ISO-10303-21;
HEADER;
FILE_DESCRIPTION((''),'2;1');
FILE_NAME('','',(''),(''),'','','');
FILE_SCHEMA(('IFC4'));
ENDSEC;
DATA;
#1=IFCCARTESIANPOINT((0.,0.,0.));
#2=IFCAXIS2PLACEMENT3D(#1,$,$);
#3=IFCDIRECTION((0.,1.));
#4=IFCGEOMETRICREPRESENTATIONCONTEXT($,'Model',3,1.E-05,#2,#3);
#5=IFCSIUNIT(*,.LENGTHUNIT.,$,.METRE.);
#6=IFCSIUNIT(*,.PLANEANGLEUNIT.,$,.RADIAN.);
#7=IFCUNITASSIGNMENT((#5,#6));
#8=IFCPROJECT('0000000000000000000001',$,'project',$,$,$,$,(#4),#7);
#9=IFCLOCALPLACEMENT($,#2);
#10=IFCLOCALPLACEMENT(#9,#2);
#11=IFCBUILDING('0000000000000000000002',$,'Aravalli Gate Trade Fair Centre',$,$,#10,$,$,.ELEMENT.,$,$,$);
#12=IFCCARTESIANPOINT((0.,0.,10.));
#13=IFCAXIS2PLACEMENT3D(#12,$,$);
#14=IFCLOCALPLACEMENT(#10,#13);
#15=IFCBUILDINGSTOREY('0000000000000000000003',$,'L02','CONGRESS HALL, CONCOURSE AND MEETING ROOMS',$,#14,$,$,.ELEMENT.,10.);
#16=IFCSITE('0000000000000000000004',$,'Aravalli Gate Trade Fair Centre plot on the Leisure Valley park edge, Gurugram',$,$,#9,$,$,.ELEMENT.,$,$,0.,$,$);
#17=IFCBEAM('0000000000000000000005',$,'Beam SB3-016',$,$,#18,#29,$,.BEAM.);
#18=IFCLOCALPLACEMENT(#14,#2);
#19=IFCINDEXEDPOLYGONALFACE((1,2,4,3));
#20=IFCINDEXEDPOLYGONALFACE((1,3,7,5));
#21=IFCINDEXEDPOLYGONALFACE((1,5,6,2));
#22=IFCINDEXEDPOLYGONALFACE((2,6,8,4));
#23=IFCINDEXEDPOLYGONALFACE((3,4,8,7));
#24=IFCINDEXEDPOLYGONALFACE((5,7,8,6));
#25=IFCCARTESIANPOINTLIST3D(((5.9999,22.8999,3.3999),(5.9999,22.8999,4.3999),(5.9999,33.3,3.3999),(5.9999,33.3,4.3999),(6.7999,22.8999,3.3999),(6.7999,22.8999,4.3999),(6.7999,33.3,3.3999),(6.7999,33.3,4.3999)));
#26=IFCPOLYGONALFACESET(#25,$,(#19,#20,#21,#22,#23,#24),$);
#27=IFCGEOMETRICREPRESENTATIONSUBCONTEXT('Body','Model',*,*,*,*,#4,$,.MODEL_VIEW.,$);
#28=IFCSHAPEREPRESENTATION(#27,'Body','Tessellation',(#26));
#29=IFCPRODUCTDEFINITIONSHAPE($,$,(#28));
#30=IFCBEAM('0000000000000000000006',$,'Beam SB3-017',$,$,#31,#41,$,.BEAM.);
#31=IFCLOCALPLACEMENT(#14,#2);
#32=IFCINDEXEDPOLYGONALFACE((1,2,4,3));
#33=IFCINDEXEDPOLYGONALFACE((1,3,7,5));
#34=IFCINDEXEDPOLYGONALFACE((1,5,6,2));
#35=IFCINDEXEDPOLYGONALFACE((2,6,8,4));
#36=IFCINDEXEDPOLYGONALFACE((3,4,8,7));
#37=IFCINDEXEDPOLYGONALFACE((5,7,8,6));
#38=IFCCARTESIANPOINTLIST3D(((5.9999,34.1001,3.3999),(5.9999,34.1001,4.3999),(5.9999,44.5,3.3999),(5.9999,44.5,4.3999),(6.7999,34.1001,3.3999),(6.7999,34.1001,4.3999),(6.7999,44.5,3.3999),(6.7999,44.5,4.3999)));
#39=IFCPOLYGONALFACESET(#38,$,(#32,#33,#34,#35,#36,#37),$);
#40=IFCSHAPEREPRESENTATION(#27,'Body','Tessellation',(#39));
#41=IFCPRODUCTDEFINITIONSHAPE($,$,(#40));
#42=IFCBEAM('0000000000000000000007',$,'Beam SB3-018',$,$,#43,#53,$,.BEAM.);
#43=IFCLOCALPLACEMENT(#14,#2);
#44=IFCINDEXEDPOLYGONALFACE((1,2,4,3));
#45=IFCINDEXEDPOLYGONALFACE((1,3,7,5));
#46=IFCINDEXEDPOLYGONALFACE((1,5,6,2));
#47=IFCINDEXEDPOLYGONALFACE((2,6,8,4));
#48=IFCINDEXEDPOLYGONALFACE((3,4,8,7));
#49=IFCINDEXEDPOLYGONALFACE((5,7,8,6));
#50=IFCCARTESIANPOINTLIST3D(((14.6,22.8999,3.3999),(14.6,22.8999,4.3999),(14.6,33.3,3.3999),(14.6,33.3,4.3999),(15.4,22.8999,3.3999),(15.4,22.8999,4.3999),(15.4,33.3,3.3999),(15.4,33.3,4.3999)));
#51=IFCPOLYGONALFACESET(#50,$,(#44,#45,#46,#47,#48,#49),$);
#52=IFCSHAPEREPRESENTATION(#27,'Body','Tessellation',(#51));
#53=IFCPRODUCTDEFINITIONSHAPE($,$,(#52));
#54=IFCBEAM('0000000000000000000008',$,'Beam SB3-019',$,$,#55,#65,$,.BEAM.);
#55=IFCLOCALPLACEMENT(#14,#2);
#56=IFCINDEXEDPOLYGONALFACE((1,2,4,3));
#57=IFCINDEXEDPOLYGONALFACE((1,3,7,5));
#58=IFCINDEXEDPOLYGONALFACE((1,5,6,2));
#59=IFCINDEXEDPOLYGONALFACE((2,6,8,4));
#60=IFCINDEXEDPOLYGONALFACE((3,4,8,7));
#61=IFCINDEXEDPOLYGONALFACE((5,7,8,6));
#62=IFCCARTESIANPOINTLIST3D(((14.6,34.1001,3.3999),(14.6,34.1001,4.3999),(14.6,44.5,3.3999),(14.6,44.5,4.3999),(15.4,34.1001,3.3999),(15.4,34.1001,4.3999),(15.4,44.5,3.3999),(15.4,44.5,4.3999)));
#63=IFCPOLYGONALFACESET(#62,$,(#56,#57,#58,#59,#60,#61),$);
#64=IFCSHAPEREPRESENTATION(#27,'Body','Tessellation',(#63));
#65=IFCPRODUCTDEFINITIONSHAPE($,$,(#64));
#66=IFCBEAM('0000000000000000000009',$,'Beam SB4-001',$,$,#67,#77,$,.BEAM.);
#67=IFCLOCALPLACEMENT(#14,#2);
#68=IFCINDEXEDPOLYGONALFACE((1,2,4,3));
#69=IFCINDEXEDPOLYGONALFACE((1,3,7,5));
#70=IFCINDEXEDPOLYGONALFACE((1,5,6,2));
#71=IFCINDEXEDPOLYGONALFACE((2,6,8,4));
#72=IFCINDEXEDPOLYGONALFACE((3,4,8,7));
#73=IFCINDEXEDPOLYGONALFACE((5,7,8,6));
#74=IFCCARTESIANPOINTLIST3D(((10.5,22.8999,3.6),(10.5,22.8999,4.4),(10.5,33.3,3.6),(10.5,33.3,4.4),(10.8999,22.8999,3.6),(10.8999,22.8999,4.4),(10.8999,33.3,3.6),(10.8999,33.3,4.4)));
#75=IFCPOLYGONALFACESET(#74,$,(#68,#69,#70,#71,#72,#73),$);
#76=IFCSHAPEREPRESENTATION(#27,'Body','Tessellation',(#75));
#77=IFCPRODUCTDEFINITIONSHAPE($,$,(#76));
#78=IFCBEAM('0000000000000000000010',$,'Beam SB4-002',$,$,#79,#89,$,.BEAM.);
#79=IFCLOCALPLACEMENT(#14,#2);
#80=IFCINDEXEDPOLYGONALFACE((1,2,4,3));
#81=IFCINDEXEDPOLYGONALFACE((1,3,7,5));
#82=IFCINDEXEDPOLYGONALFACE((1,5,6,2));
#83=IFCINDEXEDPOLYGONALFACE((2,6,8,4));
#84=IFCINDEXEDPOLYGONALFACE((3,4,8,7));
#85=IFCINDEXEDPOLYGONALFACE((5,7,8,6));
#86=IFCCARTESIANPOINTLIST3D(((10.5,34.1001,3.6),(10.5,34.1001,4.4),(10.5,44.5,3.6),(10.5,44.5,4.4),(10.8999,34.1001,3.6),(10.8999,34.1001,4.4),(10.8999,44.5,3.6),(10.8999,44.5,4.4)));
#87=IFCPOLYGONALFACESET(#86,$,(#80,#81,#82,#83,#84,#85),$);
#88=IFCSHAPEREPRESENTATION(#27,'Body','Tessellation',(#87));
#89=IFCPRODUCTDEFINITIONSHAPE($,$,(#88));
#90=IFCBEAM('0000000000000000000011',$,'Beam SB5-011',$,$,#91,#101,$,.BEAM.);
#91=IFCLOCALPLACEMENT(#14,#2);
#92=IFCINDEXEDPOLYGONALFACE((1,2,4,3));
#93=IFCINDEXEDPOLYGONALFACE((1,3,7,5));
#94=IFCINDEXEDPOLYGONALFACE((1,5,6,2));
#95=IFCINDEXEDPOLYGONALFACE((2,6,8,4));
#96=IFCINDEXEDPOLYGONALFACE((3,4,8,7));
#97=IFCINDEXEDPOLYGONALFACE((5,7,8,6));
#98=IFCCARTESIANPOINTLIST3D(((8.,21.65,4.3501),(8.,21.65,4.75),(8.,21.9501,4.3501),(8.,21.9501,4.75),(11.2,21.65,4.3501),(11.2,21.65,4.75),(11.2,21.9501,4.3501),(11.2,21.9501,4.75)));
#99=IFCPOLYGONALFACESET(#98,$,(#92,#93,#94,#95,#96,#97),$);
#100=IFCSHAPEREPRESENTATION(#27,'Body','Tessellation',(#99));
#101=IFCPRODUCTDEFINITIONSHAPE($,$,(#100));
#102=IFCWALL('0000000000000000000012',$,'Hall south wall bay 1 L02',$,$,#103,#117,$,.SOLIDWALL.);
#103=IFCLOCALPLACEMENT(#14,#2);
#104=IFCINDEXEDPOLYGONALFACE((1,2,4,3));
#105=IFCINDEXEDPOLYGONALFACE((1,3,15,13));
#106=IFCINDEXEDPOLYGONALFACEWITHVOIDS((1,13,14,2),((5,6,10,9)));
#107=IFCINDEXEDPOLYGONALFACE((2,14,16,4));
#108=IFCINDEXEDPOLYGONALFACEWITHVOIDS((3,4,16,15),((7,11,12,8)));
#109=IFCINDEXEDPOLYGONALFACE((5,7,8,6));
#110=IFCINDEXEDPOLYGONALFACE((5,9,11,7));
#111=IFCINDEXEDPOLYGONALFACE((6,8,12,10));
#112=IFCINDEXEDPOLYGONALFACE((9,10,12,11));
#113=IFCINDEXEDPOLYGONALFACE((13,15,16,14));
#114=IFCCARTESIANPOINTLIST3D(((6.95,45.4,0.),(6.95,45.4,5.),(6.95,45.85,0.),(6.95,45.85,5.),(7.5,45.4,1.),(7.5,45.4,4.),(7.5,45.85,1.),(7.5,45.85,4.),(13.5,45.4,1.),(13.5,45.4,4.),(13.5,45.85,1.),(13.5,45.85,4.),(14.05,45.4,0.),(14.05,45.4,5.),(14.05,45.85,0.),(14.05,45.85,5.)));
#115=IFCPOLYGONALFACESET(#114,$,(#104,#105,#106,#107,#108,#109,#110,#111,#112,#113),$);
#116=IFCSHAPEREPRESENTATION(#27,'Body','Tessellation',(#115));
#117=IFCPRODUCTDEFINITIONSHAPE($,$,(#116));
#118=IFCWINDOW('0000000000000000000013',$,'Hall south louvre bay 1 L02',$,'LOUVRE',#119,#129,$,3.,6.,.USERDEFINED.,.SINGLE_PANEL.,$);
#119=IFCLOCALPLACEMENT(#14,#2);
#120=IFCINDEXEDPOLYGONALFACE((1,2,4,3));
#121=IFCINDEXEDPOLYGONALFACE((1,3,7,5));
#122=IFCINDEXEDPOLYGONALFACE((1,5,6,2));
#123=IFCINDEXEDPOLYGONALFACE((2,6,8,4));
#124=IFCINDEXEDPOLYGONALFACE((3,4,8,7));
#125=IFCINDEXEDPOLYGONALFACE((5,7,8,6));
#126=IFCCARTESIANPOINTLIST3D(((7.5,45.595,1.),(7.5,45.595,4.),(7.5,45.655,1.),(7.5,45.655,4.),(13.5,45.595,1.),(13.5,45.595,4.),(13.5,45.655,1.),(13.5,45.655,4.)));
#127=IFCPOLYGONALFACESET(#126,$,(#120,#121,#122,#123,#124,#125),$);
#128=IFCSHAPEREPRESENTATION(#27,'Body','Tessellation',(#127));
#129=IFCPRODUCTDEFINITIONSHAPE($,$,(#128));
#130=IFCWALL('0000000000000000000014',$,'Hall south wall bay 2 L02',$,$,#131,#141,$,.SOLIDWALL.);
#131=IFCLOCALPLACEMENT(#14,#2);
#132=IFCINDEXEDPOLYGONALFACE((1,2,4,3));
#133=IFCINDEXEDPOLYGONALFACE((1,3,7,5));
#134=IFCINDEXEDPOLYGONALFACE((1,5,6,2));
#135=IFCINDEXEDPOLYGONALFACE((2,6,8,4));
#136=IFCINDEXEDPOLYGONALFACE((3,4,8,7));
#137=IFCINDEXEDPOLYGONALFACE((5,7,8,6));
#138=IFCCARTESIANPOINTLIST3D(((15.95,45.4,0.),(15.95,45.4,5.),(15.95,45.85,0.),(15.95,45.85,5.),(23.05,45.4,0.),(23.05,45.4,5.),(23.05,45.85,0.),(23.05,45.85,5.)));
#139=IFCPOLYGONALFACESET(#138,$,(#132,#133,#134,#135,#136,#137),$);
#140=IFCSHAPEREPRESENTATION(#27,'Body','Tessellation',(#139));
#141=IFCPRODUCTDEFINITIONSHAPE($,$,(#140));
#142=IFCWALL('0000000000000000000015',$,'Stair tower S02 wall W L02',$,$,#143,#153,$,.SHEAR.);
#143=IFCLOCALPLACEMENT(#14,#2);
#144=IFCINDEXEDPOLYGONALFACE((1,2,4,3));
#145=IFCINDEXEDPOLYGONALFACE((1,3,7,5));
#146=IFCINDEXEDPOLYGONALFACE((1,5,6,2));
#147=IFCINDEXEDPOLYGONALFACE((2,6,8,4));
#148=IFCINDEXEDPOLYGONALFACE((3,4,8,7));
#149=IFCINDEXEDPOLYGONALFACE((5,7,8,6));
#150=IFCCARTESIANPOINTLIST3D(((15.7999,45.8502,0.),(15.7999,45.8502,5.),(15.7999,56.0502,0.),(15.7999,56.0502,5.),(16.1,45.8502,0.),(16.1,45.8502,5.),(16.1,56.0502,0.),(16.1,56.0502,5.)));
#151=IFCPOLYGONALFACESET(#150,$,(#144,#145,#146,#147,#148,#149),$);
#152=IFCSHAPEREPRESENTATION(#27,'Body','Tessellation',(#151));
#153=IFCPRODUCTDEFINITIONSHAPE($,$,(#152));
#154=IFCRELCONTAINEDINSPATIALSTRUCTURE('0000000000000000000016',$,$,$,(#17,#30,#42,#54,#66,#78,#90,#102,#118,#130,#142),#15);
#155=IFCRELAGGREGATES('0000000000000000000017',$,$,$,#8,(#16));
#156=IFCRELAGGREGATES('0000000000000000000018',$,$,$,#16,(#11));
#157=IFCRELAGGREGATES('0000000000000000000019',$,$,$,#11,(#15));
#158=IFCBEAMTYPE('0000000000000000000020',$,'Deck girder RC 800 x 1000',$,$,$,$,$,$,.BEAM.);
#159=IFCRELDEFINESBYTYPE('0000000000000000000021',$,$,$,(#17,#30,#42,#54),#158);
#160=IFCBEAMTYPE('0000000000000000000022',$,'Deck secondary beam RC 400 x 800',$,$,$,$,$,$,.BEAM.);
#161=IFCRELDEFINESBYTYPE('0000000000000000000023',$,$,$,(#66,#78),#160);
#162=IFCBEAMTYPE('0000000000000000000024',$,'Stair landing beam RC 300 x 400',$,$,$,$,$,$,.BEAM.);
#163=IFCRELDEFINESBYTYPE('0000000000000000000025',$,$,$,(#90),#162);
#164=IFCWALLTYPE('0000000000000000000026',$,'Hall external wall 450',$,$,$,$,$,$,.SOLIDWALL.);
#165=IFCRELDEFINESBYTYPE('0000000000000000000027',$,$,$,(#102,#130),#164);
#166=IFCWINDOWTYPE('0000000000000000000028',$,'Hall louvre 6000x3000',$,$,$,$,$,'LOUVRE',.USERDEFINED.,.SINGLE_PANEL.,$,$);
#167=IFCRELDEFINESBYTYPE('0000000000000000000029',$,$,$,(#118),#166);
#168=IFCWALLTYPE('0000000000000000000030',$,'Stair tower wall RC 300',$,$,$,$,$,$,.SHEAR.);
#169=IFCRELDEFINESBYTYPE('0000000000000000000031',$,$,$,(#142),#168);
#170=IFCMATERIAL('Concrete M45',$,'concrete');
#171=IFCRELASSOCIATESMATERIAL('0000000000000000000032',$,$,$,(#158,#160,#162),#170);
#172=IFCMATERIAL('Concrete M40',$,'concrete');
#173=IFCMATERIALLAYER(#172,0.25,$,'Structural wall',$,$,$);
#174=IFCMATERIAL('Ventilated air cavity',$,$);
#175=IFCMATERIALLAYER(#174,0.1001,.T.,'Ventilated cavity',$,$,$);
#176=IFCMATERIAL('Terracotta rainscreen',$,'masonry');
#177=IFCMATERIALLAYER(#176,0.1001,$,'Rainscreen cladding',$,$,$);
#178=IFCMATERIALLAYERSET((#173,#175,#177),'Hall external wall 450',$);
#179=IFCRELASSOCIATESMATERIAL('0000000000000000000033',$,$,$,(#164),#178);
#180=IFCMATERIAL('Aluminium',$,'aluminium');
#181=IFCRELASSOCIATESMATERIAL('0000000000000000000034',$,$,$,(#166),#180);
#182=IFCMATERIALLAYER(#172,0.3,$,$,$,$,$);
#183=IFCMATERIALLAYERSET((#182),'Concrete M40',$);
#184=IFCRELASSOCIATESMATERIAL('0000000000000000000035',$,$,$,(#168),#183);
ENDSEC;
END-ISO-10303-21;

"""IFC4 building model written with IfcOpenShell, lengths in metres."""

from ifc_helpers import new_model, si_unit, direction, frame, frame_2d, origin, origin_2d, place, context, subcontext, project, spatial, rectangle, extrude, material, layer, layer_set, material_profile, profile_set, type_object, element, fill, save


model = new_model("IFC4")

# Units and contexts
model_context = context("Model", 3, precision=1e-05, world=origin(), true_north=direction((0.0, 1.0)))
body_context = subcontext(model_context, "Body", "Model", "MODEL_VIEW")
ifc_project = project(units=[si_unit("LENGTHUNIT", "METRE"), si_unit("PLANEANGLEUNIT", "RADIAN")], contexts=[model_context])

# Site, building, storey
site_placement = place(None, origin())
site = spatial("IfcSite", under=ifc_project, at=site_placement, Name="Aravalli Gate Trade Fair Centre plot on the Leisure Valley park edge, Gurugram", CompositionType="ELEMENT", RefElevation=0.0)
building_placement = place(site_placement, origin())
building = spatial("IfcBuilding", under=site, at=building_placement, Name="Aravalli Gate Trade Fair Centre", CompositionType="ELEMENT")
storey_placement = place(building_placement, frame((0.0, 0.0, 10.0)))
storey = spatial("IfcBuildingStorey", under=building, at=storey_placement, Name="L02", Description="CONGRESS HALL, CONCOURSE AND MEETING ROOMS", CompositionType="ELEMENT", Elevation=10.0)

# Shared definitions
ifc_material_1 = material(Name="Concrete M45", Category="concrete")

# Beams
ifc_material_profile_1 = material_profile(ifc_material_1, rectangle(XDim=0.8, YDim=1.0, at=origin_2d()), Name="Deck girder RC 800 x 1000")
ifc_profile_set_1 = profile_set([ifc_material_profile_1], Name="Concrete M45")
beam_type_1 = type_object("IfcBeamType", Name="Deck girder RC 800 x 1000", PredefinedType="BEAM", material=ifc_profile_set_1)
beam_1_placement = place(storey_placement, frame((6.3999, 22.8999, 3.8999), z_axis=(0.0, 1.0, 0.0), x_axis=(-1.0, 0.0, 0.0)))
element("IfcBeam", 1, at=beam_1_placement, inside=storey, type_object=beam_type_1, Name="Beam SB3-016", PredefinedType="BEAM", context=body_context, shape_type="SweptSolid", body=[
    extrude(rectangle(XDim=0.8, YDim=1.0, at=origin_2d()), origin(), (0.0, 0.0, 1.0), 10.4001),
])
beam_2_placement = place(storey_placement, frame((6.3999, 34.1001, 3.8999), z_axis=(0.0, 1.0, 0.0), x_axis=(-1.0, 0.0, 0.0)))
element("IfcBeam", 2, at=beam_2_placement, inside=storey, type_object=beam_type_1, Name="Beam SB3-017", PredefinedType="BEAM", context=body_context, shape_type="SweptSolid", body=[
    extrude(rectangle(XDim=0.8, YDim=1.0, at=origin_2d()), origin(), (0.0, 0.0, 1.0), 10.3999),
])
beam_3_placement = place(storey_placement, frame((15.0, 22.8999, 3.8999), z_axis=(0.0, 1.0, 0.0), x_axis=(-1.0, 0.0, 0.0)))
element("IfcBeam", 3, at=beam_3_placement, inside=storey, type_object=beam_type_1, Name="Beam SB3-018", PredefinedType="BEAM", context=body_context, shape_type="SweptSolid", body=[
    extrude(rectangle(XDim=0.8, YDim=1.0, at=origin_2d()), origin(), (0.0, 0.0, 1.0), 10.4001),
])
beam_4_placement = place(storey_placement, frame((15.0, 34.1001, 3.8999), z_axis=(0.0, 1.0, 0.0), x_axis=(-1.0, 0.0, 0.0)))
element("IfcBeam", 4, at=beam_4_placement, inside=storey, type_object=beam_type_1, Name="Beam SB3-019", PredefinedType="BEAM", context=body_context, shape_type="SweptSolid", body=[
    extrude(rectangle(XDim=0.8, YDim=1.0, at=origin_2d()), origin(), (0.0, 0.0, 1.0), 10.3999),
])
ifc_material_profile_2 = material_profile(ifc_material_1, rectangle(XDim=0.3999, YDim=0.8, at=origin_2d()), Name="Deck secondary beam RC 400 x 800")
ifc_profile_set_2 = profile_set([ifc_material_profile_2], Name="Concrete M45")
beam_type_2 = type_object("IfcBeamType", Name="Deck secondary beam RC 400 x 800", PredefinedType="BEAM", material=ifc_profile_set_2)
beam_5_placement = place(storey_placement, frame((10.7, 22.8999, 4.0), z_axis=(0.0, 1.0, 0.0), x_axis=(-1.0, 0.0, 0.0)))
element("IfcBeam", 5, at=beam_5_placement, inside=storey, type_object=beam_type_2, Name="Beam SB4-001", PredefinedType="BEAM", context=body_context, shape_type="SweptSolid", body=[
    extrude(rectangle(XDim=0.3999, YDim=0.8, at=origin_2d()), origin(), (0.0, 0.0, 1.0), 10.4001),
])
beam_6_placement = place(storey_placement, frame((10.7, 34.1001, 4.0), z_axis=(0.0, 1.0, 0.0), x_axis=(-1.0, 0.0, 0.0)))
element("IfcBeam", 6, at=beam_6_placement, inside=storey, type_object=beam_type_2, Name="Beam SB4-002", PredefinedType="BEAM", context=body_context, shape_type="SweptSolid", body=[
    extrude(rectangle(XDim=0.3999, YDim=0.8, at=origin_2d()), origin(), (0.0, 0.0, 1.0), 10.3999),
])
ifc_material_profile_3 = material_profile(ifc_material_1, rectangle(XDim=0.3, YDim=0.3999, at=origin_2d()), Name="Stair landing beam RC 300 x 400")
ifc_profile_set_3 = profile_set([ifc_material_profile_3], Name="Concrete M45")
beam_type_3 = type_object("IfcBeamType", Name="Stair landing beam RC 300 x 400", PredefinedType="BEAM", material=ifc_profile_set_3)
beam_7_placement = place(storey_placement, frame((8.0, 21.8, 4.55), z_axis=(1.0, 0.0, 0.0), x_axis=(0.0, 1.0, 0.0)))
element("IfcBeam", 7, at=beam_7_placement, inside=storey, type_object=beam_type_3, Name="Beam SB5-011", PredefinedType="BEAM", context=body_context, shape_type="SweptSolid", body=[
    extrude(rectangle(XDim=0.3, YDim=0.3999, at=origin_2d()), origin(), (0.0, 0.0, 1.0), 3.2),
])

# Wall, opening, window
ifc_material_2 = material(Name="Concrete M40", Category="concrete")
ifc_layer_1 = layer(ifc_material_2, 0.25, Name="Structural wall")
ifc_material_3 = material(Name="Ventilated air cavity")
ifc_layer_2 = layer(ifc_material_3, 0.1001, ventilated=True, Name="Ventilated cavity")
ifc_material_4 = material(Name="Terracotta rainscreen", Category="masonry")
ifc_layer_3 = layer(ifc_material_4, 0.1001, Name="Rainscreen cladding")
ifc_layer_set_1 = layer_set([ifc_layer_1, ifc_layer_2, ifc_layer_3], Name="Hall external wall 450")
wall_type_1 = type_object("IfcWallType", Name="Hall external wall 450", PredefinedType="SOLIDWALL", material=ifc_layer_set_1)
wall_1_placement = place(storey_placement, frame((6.95, 45.625, 0.0), z_axis=(0.0, 0.0, 1.0), x_axis=(1.0, 0.0, 0.0)))
wall_1 = element("IfcWall", 8, at=wall_1_placement, inside=storey, type_object=wall_type_1, Name="Hall south wall bay 1 L02", PredefinedType="SOLIDWALL", context=body_context, shape_type="SweptSolid", body=[
    extrude(rectangle(XDim=7.1001, YDim=0.45, at=frame_2d((3.55, 0.0))), origin(), (0.0, 0.0, 1.0), 5.0),
])
opening_placement = place(wall_1_placement, frame((0.55, 0.0, 1.0)))
opening = element("IfcOpeningElement", 9, at=opening_placement, cuts=wall_1, PredefinedType="OPENING", context=body_context, shape_type="SweptSolid", body=[
    extrude(rectangle(XDim=6.0, YDim=3.0, at=frame_2d((3.0, 1.5))), frame((0.0, 0.2349, 0.0), z_axis=(0.0, -1.0, 0.0), x_axis=(1.0, 0.0, 0.0)), (0.0, 0.0, 1.0), 0.47),
])
ifc_material_5 = material(Name="Aluminium", Category="aluminium")
window_type = type_object("IfcWindowType", Name="Hall louvre 6000x3000", ElementType="LOUVRE", PartitioningType="SINGLE_PANEL", PredefinedType="USERDEFINED", material=ifc_material_5)
window_placement = place(opening_placement, origin())
window = element("IfcWindow", 10, at=window_placement, inside=storey, type_object=window_type, Name="Hall south louvre bay 1 L02", ObjectType="LOUVRE", OverallHeight=3.0, OverallWidth=6.0, PartitioningType="SINGLE_PANEL", PredefinedType="USERDEFINED", context=body_context, shape_type="SweptSolid", body=[
    extrude(rectangle(XDim=6.0, YDim=3.0, at=frame_2d((3.0, 1.5))), frame((0.0, 0.03, 0.0), z_axis=(0.0, -1.0, 0.0), x_axis=(1.0, 0.0, 0.0)), (0.0, 0.0, 1.0), 0.0601),
])
fill(opening, window)

# Walls
wall_2_placement = place(storey_placement, frame((15.95, 45.625, 0.0), z_axis=(0.0, 0.0, 1.0), x_axis=(1.0, 0.0, 0.0)))
element("IfcWall", 11, at=wall_2_placement, inside=storey, type_object=wall_type_1, Name="Hall south wall bay 2 L02", PredefinedType="SOLIDWALL", context=body_context, shape_type="SweptSolid", body=[
    extrude(rectangle(XDim=7.1001, YDim=0.45, at=frame_2d((3.55, 0.0))), origin(), (0.0, 0.0, 1.0), 5.0),
])
ifc_layer_4 = layer(ifc_material_2, 0.3)
ifc_layer_set_2 = layer_set([ifc_layer_4], Name="Concrete M40")
wall_type_2 = type_object("IfcWallType", Name="Stair tower wall RC 300", PredefinedType="SHEAR", material=ifc_layer_set_2)
wall_3_placement = place(storey_placement, frame((15.95, 45.8501, 0.0), z_axis=(0.0, 0.0, 1.0), x_axis=(0.0, 1.0, 0.0)))
element("IfcWall", 12, at=wall_3_placement, inside=storey, type_object=wall_type_2, Name="Stair tower S02 wall W L02", PredefinedType="SHEAR", context=body_context, shape_type="SweptSolid", body=[
    extrude(rectangle(XDim=10.2, YDim=0.3, at=frame_2d((5.1001, 0.0))), origin(), (0.0, 0.0, 1.0), 5.0),
])

save(model, "model.ifc")
